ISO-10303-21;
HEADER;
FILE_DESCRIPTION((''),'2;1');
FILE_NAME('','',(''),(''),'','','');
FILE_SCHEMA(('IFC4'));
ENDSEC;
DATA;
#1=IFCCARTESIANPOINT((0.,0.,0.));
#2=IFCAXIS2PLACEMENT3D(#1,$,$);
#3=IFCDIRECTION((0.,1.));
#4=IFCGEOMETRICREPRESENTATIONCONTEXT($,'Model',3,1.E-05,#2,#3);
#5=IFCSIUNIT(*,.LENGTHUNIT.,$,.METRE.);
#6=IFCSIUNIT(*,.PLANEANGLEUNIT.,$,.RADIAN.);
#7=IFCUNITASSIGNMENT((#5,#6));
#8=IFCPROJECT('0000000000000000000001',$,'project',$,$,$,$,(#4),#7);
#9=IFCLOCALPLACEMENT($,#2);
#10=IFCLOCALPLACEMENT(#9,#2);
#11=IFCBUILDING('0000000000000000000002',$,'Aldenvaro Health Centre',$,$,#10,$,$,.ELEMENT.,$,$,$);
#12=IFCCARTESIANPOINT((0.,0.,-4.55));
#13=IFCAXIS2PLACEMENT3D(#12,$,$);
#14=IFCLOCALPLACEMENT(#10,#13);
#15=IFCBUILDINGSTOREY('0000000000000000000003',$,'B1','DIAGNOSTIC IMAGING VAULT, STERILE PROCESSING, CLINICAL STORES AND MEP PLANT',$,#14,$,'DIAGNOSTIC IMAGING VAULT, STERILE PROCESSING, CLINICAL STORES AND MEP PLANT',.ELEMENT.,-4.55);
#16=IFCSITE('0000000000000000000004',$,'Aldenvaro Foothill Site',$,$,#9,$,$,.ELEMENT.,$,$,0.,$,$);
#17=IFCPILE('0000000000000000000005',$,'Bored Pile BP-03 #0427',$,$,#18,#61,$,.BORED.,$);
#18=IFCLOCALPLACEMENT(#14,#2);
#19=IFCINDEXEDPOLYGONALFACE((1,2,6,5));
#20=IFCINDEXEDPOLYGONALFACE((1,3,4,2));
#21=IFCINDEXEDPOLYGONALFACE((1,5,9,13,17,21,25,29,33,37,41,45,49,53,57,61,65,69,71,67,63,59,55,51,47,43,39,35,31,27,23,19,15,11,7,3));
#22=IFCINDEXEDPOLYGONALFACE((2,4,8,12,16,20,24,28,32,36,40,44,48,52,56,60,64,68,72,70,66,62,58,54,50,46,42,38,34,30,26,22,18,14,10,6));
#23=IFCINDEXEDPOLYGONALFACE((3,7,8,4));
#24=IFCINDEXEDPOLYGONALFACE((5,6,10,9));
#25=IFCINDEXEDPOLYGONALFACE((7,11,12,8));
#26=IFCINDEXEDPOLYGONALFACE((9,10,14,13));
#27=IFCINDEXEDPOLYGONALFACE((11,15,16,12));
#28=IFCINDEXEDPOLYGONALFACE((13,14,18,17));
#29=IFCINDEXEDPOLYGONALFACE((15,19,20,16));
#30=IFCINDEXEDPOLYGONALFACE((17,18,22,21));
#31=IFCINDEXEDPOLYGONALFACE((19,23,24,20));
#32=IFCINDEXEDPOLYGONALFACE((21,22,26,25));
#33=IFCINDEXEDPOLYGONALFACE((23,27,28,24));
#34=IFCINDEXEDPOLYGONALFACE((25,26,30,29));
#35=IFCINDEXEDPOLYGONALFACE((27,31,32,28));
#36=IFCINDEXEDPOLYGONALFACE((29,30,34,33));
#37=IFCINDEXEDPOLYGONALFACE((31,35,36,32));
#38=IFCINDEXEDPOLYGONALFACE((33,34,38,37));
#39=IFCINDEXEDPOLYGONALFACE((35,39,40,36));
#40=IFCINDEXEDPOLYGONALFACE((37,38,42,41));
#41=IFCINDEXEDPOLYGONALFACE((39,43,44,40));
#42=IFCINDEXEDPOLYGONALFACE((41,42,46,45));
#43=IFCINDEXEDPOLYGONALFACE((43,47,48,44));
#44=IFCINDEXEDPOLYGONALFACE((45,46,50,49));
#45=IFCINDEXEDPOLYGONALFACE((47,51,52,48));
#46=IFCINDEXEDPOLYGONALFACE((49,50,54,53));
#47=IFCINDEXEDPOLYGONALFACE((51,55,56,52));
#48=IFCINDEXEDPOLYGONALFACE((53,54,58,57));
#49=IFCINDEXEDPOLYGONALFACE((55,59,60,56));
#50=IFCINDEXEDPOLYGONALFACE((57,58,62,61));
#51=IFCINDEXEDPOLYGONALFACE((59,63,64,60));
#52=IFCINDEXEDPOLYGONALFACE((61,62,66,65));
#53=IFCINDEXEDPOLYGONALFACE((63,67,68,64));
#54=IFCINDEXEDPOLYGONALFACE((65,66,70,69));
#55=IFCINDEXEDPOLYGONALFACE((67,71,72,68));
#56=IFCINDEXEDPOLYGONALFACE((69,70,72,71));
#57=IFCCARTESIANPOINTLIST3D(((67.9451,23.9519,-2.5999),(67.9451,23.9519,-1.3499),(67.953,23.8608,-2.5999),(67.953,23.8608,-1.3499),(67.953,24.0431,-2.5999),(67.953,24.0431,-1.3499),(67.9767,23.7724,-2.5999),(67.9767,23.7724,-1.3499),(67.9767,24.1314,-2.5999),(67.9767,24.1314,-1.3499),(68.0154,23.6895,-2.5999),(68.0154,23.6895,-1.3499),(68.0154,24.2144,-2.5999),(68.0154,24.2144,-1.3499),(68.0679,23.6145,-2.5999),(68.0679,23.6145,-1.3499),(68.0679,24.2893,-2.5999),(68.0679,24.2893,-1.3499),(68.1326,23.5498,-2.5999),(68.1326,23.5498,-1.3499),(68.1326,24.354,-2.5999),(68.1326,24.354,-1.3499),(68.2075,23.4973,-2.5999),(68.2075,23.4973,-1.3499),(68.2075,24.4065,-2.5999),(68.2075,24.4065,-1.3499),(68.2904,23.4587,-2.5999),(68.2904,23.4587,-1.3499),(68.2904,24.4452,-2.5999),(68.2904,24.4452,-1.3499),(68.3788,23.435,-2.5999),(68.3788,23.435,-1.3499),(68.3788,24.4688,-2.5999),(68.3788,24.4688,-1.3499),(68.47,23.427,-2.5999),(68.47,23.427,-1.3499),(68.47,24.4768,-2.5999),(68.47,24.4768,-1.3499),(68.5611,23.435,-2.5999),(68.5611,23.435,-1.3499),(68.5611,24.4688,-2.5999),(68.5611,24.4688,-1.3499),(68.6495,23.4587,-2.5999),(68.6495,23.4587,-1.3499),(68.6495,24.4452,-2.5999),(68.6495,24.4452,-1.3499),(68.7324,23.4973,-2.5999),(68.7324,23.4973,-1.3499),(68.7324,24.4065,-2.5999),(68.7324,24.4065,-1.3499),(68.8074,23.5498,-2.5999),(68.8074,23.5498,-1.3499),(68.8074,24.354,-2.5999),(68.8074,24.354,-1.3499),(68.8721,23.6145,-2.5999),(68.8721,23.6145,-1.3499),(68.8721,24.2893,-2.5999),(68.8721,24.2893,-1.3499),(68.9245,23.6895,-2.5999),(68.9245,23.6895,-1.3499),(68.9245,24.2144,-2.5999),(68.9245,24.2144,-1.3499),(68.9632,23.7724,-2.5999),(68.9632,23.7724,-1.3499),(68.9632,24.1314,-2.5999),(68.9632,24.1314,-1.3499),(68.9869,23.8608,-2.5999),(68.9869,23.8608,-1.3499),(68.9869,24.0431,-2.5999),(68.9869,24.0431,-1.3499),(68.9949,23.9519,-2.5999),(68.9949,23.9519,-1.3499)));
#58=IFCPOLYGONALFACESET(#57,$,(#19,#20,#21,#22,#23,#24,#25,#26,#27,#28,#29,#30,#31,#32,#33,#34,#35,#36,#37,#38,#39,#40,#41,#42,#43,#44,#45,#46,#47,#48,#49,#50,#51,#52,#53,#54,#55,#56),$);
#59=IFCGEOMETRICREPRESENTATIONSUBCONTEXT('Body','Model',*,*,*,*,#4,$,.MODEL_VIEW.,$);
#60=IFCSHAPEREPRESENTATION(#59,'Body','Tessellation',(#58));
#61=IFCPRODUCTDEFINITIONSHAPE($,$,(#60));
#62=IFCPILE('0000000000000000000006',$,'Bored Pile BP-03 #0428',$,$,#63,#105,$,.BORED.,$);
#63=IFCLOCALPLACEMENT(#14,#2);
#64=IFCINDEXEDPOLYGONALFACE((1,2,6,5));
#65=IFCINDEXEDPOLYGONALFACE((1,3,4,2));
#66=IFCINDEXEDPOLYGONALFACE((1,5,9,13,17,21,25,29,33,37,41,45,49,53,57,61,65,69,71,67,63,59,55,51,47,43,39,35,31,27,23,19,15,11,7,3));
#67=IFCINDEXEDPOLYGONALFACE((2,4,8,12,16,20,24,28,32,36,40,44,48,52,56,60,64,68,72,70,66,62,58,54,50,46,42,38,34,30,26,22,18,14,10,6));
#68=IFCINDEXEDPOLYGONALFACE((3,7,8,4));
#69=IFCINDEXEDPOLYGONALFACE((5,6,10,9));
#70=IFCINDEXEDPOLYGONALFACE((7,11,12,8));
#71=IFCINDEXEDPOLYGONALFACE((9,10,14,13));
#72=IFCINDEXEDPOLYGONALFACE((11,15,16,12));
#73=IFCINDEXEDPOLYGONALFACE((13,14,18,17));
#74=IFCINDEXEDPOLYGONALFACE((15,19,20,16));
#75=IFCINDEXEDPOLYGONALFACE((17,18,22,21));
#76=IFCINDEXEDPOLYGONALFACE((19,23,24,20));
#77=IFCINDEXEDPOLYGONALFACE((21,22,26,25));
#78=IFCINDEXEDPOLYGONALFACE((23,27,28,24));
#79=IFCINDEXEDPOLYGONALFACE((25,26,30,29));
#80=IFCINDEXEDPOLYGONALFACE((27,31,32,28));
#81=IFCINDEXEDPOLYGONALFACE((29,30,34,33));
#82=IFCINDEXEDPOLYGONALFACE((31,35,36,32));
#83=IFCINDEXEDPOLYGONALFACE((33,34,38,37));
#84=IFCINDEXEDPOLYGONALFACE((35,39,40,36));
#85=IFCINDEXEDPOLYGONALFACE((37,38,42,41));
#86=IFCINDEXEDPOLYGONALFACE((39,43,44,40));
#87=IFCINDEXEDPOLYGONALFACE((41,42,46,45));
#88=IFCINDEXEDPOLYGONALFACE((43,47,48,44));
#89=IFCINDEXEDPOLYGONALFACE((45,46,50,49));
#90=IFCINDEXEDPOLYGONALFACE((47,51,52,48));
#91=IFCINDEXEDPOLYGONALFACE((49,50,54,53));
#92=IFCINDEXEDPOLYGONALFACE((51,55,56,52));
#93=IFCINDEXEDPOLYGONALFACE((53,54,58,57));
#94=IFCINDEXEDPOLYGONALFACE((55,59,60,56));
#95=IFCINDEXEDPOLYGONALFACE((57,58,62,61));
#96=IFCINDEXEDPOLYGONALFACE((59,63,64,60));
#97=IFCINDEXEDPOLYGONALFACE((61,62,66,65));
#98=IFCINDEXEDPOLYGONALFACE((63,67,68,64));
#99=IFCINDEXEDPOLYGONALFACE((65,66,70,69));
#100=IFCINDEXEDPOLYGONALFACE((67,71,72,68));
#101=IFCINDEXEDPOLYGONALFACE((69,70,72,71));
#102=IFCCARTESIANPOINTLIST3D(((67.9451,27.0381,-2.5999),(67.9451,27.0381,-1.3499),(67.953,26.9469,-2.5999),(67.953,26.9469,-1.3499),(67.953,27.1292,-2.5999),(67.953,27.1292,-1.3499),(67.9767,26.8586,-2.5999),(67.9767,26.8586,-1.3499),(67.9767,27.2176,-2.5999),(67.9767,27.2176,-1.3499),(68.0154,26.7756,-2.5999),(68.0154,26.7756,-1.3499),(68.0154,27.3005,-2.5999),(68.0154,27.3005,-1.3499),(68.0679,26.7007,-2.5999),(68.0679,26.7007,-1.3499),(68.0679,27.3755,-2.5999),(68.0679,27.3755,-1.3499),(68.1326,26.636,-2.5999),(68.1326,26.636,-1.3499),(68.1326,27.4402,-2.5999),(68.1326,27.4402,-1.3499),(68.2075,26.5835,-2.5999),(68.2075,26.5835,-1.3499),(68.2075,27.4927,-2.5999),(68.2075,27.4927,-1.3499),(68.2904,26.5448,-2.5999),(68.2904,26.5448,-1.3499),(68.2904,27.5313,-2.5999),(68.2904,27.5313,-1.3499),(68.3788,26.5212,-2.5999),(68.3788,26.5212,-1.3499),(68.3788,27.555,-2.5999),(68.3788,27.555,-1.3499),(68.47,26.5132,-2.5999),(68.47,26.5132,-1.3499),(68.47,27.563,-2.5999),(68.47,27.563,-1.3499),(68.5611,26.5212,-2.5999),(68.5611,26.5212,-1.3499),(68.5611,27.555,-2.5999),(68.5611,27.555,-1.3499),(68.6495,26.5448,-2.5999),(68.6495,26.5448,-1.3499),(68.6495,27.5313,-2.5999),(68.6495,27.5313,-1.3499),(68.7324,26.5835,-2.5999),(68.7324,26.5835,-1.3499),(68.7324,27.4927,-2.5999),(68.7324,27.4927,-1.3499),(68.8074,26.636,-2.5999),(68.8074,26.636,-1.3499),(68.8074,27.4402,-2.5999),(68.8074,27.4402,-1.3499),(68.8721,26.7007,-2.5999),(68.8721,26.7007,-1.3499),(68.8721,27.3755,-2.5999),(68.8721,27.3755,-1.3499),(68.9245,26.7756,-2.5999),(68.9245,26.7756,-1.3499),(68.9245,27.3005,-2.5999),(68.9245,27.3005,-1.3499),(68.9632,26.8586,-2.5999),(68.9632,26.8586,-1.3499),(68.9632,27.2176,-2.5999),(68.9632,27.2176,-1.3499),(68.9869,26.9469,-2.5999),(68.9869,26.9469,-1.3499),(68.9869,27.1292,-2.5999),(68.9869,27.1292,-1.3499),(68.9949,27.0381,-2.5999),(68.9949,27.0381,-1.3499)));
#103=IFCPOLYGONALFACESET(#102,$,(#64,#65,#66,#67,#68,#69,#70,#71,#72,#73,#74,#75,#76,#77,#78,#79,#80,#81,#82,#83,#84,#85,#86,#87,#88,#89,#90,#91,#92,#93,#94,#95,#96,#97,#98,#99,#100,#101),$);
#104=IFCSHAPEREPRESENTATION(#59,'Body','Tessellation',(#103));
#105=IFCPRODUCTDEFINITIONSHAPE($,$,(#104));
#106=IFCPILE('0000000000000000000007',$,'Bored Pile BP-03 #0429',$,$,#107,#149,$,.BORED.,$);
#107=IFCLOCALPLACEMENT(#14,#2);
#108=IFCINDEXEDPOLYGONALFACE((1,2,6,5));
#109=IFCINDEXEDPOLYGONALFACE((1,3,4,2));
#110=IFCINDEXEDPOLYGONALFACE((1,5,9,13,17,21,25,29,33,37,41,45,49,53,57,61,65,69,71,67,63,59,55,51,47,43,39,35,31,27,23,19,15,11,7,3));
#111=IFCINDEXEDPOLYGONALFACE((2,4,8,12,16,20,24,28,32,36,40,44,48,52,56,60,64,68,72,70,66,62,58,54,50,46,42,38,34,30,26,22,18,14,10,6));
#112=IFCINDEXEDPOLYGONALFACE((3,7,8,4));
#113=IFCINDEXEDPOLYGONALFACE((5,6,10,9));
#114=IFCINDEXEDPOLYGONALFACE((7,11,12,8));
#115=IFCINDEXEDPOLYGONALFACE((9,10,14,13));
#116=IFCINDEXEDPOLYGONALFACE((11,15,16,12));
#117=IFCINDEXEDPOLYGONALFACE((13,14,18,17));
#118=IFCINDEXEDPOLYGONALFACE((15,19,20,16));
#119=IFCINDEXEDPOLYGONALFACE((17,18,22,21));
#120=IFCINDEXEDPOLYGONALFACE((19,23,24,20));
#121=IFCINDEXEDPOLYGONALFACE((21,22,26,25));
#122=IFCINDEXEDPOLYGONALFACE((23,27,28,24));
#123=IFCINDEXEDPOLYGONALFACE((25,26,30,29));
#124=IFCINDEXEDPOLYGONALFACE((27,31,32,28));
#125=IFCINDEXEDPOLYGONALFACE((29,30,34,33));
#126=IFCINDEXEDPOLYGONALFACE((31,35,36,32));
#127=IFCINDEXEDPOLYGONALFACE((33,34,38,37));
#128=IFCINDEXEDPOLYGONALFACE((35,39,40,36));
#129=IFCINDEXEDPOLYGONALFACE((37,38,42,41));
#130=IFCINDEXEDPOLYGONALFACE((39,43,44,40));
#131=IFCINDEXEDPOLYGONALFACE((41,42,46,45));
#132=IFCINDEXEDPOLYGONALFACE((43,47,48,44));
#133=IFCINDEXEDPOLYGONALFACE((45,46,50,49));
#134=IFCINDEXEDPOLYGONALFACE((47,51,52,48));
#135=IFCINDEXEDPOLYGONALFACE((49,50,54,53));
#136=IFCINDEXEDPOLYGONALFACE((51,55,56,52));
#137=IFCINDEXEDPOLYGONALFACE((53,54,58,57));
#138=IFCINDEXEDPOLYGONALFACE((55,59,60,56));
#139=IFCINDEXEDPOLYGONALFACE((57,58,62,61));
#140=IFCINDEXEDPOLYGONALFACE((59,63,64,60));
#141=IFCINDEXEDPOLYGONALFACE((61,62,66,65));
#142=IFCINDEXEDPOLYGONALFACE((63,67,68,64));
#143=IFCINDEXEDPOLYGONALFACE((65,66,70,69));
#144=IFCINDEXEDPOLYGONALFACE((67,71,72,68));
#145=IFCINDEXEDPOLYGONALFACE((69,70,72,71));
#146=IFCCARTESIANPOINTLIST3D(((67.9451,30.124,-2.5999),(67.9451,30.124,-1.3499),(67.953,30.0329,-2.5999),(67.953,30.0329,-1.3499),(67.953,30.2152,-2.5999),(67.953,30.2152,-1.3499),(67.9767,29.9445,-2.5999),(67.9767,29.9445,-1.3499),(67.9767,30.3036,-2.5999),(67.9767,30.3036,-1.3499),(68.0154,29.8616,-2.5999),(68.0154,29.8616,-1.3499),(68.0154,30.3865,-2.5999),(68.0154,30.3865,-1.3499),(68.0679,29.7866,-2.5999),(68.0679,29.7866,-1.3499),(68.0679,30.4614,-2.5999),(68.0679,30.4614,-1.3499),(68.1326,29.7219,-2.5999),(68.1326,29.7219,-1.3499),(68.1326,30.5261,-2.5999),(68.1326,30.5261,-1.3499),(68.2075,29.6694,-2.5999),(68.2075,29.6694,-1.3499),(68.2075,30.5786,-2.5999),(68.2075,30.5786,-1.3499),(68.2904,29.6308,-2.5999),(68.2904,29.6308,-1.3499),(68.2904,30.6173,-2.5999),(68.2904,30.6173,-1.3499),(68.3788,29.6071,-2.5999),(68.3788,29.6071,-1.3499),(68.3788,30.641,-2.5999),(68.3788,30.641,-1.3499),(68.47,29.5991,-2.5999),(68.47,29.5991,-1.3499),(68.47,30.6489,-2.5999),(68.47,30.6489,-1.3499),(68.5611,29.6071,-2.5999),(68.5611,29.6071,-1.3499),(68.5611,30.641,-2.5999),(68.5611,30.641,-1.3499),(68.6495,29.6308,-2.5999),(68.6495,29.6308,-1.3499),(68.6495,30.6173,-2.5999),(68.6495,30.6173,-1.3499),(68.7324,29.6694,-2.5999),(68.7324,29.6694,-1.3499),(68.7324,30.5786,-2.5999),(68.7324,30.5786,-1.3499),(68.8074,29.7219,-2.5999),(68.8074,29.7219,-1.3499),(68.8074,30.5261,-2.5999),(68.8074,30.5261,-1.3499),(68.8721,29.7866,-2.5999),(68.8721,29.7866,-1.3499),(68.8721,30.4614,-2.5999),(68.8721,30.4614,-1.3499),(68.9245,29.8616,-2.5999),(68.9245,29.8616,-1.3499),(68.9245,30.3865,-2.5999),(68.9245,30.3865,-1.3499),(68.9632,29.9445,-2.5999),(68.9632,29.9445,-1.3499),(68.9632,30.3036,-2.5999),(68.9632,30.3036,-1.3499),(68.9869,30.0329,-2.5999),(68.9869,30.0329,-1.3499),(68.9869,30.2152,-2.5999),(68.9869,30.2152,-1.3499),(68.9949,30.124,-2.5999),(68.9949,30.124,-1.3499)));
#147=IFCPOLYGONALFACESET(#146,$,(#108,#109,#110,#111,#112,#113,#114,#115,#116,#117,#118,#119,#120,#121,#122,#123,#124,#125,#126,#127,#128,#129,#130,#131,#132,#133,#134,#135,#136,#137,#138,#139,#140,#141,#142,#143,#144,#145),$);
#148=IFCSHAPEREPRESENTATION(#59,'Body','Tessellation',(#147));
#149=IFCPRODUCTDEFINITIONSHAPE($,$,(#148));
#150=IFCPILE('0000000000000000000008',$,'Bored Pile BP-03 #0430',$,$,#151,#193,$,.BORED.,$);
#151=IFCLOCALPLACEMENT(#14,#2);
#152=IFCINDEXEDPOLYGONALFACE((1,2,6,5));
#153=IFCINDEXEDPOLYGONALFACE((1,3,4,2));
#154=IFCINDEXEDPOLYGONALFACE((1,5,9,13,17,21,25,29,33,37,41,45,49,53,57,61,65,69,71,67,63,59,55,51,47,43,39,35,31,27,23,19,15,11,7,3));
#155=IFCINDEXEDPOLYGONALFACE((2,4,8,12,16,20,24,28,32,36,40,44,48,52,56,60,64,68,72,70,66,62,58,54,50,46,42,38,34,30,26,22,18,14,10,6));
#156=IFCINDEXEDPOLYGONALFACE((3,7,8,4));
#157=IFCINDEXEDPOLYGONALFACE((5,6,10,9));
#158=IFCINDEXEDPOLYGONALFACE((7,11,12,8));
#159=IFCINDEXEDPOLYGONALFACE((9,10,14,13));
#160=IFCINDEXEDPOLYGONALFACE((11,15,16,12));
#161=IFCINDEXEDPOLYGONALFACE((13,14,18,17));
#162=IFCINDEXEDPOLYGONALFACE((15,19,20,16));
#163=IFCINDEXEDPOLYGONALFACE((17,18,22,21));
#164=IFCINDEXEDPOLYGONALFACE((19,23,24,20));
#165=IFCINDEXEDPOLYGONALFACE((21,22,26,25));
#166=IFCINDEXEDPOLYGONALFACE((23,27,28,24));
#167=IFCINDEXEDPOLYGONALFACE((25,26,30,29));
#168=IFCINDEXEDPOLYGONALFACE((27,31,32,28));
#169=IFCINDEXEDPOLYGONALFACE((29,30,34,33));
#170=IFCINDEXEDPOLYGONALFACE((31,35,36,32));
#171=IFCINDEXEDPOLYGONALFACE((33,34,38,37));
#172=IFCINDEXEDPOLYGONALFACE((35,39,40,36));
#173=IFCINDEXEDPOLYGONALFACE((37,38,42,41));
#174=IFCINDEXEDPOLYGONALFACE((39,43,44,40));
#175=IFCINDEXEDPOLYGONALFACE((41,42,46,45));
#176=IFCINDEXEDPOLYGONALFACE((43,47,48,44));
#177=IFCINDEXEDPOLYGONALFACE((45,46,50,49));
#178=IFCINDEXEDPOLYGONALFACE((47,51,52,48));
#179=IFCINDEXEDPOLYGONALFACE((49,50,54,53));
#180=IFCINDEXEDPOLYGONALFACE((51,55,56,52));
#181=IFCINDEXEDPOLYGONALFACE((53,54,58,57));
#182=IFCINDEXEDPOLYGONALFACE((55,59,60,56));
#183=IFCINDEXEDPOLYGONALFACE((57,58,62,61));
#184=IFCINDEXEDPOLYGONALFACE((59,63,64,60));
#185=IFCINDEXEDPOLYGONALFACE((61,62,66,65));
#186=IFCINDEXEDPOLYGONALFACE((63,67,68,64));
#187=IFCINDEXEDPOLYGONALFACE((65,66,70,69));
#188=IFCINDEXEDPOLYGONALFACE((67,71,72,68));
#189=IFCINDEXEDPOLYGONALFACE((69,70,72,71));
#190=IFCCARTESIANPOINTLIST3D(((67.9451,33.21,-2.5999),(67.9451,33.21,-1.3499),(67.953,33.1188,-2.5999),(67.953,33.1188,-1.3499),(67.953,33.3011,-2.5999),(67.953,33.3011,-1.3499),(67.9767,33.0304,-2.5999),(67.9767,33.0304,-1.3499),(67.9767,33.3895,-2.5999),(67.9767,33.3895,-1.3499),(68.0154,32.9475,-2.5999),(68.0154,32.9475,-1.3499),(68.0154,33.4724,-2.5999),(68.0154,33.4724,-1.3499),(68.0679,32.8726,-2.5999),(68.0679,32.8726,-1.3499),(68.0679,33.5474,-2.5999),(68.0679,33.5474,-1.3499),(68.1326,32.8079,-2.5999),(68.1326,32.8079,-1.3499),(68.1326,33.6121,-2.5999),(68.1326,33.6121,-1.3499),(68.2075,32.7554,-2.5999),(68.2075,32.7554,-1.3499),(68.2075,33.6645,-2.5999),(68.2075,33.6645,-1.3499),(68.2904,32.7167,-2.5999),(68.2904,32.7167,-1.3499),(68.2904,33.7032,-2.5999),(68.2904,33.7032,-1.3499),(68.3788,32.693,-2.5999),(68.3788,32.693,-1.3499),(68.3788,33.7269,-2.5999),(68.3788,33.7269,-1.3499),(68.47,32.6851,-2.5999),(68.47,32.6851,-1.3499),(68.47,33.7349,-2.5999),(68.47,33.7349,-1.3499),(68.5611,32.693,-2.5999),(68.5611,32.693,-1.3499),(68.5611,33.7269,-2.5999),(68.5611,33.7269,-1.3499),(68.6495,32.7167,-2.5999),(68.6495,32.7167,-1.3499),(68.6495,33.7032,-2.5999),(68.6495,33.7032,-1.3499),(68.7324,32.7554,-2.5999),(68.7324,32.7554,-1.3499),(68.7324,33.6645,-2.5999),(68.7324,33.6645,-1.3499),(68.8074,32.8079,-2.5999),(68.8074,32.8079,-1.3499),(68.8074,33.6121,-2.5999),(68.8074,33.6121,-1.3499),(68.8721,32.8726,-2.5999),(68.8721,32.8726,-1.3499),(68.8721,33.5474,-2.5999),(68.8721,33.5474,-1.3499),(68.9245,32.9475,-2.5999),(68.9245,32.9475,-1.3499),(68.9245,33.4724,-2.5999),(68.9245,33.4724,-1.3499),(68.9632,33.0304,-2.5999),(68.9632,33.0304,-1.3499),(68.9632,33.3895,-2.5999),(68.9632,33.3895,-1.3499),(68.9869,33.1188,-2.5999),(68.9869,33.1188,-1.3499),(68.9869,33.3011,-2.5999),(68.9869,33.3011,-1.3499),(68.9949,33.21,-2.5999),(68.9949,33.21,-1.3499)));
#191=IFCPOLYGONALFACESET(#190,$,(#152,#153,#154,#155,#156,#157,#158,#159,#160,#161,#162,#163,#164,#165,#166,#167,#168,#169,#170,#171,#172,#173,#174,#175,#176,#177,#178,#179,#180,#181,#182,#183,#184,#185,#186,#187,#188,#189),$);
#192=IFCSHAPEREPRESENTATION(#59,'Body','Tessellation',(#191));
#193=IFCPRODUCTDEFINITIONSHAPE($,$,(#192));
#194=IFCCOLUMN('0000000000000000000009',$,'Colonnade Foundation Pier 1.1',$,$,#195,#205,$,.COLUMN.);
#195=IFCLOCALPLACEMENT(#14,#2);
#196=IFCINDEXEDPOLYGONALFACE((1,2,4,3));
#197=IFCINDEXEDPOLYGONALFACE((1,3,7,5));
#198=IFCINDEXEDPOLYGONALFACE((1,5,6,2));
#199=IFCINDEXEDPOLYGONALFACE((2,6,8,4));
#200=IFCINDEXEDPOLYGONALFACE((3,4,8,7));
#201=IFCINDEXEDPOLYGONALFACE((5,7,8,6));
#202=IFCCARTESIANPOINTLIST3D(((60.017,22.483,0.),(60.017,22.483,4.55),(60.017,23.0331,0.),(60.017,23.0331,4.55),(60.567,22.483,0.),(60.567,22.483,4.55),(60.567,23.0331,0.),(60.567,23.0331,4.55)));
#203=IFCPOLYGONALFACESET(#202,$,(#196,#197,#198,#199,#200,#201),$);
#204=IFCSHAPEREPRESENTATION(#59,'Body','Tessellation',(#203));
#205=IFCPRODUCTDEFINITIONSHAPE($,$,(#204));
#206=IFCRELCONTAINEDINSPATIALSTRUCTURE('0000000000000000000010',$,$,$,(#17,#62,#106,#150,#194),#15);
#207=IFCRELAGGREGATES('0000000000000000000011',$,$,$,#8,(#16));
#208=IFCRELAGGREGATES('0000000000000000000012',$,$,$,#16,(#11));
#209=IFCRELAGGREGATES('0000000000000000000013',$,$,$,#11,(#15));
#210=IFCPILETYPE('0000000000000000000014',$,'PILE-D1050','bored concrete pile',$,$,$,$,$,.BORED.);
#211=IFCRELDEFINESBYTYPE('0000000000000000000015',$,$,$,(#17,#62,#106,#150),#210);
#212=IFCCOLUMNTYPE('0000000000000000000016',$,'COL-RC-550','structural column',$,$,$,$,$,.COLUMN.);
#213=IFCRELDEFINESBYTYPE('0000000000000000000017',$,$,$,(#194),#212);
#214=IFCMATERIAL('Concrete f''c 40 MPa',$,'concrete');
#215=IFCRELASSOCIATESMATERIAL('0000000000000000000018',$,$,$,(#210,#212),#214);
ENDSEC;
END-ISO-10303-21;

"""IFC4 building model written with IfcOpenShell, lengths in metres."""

from ifc_helpers import new_model, si_unit, direction, frame, origin, origin_2d, place, context, subcontext, project, spatial, rectangle, circle, extrude, material, material_profile, profile_set, type_object, element, save


model = new_model("IFC4")

# Units and contexts
model_context = context("Model", 3, precision=1e-05, world=origin(), true_north=direction((0.0, 1.0)))
body_context = subcontext(model_context, "Body", "Model", "MODEL_VIEW")
ifc_project = project(units=[si_unit("LENGTHUNIT", "METRE"), si_unit("PLANEANGLEUNIT", "RADIAN")], contexts=[model_context])

# Site, building, storey
site_placement = place(None, origin())
site = spatial("IfcSite", under=ifc_project, at=site_placement, Name="Aldenvaro Foothill Site", CompositionType="ELEMENT", RefElevation=0.0)
building_placement = place(site_placement, origin())
building = spatial("IfcBuilding", under=site, at=building_placement, Name="Aldenvaro Health Centre", CompositionType="ELEMENT")
storey_placement = place(building_placement, frame((0.0, 0.0, -4.55)))
storey = spatial("IfcBuildingStorey", under=building, at=storey_placement, Name="B1", Description="DIAGNOSTIC IMAGING VAULT, STERILE PROCESSING, CLINICAL STORES AND MEP PLANT", LongName="DIAGNOSTIC IMAGING VAULT, STERILE PROCESSING, CLINICAL STORES AND MEP PLANT", CompositionType="ELEMENT", Elevation=-4.55)

# Shared definitions
ifc_material = material(Name="Concrete f'c 40 MPa", Category="concrete")

# Piles
ifc_material_profile_1 = material_profile(ifc_material, circle(Radius=0.5249, at=origin_2d()), Name="PILE D1050", Category="concrete")
ifc_profile_set_1 = profile_set([ifc_material_profile_1], Name="Concrete f'c 40 MPa")
pile_type = type_object("IfcPileType", Name="PILE-D1050", Description="bored concrete pile", PredefinedType="BORED", material=ifc_profile_set_1)
for number, where, z_axis, x_axis, name in (
    (1, (68.47, 23.9519, -1.3499), (0.0, 0.0, -1.0), (1.0, 0.0, 0.0), "Bored Pile BP-03 #0427"),
    (2, (68.47, 27.0381, -1.3499), (0.0, 0.0, -1.0), (1.0, 0.0, 0.0), "Bored Pile BP-03 #0428"),
    (3, (68.47, 30.124, -1.3499), (0.0, 0.0, -1.0), (1.0, 0.0, 0.0), "Bored Pile BP-03 #0429"),
    (4, (68.47, 33.21, -1.3499), (0.0, 0.0, -1.0), (1.0, 0.0, 0.0), "Bored Pile BP-03 #0430"),
):
    element("IfcPile", number, at=place(storey_placement, frame(where, z_axis=z_axis, x_axis=x_axis)), inside=storey, type_object=pile_type, Name=name, PredefinedType="BORED", context=body_context, shape_type="SweptSolid", body=[
        extrude(circle(Radius=0.5249, at=origin_2d()), origin(), (0.0, 0.0, 1.0), 1.25),
    ])

# Column
ifc_material_profile_2 = material_profile(ifc_material, rectangle(XDim=0.55, YDim=0.55, at=origin_2d()), Name="RC 550x550", Category="concrete")
ifc_profile_set_2 = profile_set([ifc_material_profile_2], Name="Concrete f'c 40 MPa")
column_type_1 = type_object("IfcColumnType", Name="COL-RC-550", Description="structural column", PredefinedType="COLUMN", material=ifc_profile_set_2)
column_1_placement = place(storey_placement, frame((60.292, 22.7581, 0.0), z_axis=(0.0, 0.0, 1.0), x_axis=(1.0, 0.0, 0.0)))
element("IfcColumn", 5, at=column_1_placement, inside=storey, type_object=column_type_1, Name="Colonnade Foundation Pier 1.1", PredefinedType="COLUMN", context=body_context, shape_type="SweptSolid", body=[
    extrude(rectangle(XDim=0.55, YDim=0.55, at=origin_2d()), origin(), (0.0, 0.0, 1.0), 4.55),
])

save(model, "model.ifc")
